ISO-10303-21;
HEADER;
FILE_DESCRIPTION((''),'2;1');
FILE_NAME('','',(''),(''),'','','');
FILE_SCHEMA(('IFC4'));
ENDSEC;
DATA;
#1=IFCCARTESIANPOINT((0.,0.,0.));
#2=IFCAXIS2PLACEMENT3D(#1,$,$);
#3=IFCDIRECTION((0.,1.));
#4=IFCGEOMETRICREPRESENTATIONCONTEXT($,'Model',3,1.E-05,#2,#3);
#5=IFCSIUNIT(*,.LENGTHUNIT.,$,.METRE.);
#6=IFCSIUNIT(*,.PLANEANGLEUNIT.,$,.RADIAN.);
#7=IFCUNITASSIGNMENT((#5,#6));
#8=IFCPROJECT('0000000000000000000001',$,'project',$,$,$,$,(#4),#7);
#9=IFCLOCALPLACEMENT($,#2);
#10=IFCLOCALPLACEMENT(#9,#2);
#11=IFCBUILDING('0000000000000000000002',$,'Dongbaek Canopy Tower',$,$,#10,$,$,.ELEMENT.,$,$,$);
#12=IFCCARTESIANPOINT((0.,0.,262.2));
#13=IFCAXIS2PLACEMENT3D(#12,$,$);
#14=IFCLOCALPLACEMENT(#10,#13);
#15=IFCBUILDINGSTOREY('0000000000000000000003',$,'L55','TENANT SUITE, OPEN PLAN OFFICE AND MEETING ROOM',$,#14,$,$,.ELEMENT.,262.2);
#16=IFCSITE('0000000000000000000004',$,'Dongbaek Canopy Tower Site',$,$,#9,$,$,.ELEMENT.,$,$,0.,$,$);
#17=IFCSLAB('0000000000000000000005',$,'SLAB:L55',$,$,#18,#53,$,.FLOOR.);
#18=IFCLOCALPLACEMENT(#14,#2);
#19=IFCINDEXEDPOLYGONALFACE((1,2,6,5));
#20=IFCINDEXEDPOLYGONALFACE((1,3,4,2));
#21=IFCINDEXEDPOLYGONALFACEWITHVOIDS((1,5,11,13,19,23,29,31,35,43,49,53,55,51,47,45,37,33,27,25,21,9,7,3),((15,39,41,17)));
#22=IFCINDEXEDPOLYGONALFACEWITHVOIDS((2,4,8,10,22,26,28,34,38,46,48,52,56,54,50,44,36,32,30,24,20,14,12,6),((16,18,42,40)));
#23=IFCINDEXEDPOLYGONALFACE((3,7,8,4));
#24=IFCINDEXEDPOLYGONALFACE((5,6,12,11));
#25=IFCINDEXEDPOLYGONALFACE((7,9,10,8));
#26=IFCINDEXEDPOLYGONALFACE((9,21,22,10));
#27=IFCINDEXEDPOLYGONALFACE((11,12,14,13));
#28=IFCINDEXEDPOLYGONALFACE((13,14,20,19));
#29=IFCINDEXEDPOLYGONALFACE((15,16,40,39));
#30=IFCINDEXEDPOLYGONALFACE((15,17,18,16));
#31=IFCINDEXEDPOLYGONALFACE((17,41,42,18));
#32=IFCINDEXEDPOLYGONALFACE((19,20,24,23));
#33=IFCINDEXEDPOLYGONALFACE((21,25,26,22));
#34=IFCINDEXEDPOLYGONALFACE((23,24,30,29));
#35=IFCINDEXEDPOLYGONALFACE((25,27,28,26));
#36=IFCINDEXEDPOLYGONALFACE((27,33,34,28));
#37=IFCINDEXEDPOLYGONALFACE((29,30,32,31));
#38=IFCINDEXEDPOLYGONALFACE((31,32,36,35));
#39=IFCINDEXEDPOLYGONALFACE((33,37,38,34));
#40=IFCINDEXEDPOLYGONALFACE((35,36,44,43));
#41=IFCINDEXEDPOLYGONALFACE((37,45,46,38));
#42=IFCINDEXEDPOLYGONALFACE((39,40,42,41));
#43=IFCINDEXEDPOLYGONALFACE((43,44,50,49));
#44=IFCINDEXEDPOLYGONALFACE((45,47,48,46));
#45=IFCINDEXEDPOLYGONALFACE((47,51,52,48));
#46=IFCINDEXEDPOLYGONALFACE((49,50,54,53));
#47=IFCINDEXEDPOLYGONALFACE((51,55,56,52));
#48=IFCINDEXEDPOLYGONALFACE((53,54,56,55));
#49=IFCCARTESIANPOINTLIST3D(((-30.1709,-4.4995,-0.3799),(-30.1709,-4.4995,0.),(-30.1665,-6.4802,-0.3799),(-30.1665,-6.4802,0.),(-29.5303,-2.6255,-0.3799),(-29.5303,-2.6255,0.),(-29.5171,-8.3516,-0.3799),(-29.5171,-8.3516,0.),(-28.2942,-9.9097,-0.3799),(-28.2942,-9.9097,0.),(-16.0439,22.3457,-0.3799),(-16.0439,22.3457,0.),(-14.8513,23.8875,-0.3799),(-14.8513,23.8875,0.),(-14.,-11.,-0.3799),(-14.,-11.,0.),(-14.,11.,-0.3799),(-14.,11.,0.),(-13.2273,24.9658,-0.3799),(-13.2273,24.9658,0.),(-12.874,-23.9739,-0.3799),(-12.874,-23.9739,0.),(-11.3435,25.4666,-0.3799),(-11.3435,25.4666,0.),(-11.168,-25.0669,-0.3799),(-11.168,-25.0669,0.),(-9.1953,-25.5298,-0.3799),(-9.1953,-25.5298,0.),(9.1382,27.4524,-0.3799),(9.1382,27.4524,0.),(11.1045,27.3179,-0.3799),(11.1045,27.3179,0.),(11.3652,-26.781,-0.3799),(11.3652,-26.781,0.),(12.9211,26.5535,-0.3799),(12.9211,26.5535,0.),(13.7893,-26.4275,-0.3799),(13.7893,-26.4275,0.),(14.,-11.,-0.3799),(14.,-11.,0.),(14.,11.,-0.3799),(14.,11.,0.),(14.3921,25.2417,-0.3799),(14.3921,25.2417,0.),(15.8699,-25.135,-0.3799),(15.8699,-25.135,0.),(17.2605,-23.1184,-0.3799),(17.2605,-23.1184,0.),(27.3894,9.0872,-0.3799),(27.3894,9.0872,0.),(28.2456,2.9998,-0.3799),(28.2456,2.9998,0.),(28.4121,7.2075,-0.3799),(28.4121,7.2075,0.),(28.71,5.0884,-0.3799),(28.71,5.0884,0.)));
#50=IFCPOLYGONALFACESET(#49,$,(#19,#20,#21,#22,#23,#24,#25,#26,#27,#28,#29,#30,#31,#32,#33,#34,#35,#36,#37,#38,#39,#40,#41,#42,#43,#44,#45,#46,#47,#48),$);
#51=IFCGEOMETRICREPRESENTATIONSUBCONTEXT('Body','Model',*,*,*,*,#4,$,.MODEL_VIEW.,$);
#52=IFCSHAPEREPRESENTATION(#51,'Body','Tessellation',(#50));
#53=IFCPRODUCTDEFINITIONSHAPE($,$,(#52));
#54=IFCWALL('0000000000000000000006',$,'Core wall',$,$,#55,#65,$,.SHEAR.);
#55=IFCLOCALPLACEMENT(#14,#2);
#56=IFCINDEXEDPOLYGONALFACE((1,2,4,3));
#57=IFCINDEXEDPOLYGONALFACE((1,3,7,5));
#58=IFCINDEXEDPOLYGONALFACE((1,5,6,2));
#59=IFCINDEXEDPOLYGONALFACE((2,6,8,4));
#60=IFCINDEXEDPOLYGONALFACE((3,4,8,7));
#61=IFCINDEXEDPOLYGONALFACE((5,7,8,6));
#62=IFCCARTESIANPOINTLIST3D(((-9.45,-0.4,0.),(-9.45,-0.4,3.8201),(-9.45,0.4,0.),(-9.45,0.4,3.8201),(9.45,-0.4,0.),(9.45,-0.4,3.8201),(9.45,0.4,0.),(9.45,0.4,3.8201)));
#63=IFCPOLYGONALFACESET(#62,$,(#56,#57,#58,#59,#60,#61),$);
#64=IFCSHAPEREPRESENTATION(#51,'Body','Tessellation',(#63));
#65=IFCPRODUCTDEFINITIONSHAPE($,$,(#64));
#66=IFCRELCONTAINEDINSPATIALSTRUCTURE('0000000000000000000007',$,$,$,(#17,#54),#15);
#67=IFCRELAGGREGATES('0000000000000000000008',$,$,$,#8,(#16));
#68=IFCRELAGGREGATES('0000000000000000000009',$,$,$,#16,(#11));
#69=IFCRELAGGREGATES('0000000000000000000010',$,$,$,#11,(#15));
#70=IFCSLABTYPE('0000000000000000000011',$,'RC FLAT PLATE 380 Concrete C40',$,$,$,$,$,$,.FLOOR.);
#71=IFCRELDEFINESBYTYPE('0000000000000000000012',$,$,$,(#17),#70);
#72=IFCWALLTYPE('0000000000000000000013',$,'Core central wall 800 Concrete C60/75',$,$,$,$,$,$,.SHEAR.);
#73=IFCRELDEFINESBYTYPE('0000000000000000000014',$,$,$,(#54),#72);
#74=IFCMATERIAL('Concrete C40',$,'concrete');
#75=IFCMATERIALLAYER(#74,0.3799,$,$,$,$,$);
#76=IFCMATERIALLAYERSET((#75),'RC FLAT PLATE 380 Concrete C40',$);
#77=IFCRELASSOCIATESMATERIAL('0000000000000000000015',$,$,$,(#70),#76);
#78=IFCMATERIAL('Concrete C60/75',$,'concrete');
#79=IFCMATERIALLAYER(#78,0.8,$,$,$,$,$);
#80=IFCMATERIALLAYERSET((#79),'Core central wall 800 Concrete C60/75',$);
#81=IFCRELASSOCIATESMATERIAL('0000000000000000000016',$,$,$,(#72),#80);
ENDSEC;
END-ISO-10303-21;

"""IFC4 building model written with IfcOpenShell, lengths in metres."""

from ifc_helpers import new_model, si_unit, direction, frame, frame_2d, origin, place, context, subcontext, project, spatial, polyline, rectangle, outline, extrude, material, layer, layer_set, type_object, element, save


model = new_model("IFC4")

# Units and contexts
model_context = context("Model", 3, precision=1e-05, world=origin(), true_north=direction((0.0, 1.0)))
body_context = subcontext(model_context, "Body", "Model", "MODEL_VIEW")
ifc_project = project(units=[si_unit("LENGTHUNIT", "METRE"), si_unit("PLANEANGLEUNIT", "RADIAN")], contexts=[model_context])

# Site, building, storey
site_placement = place(None, origin())
site = spatial("IfcSite", under=ifc_project, at=site_placement, Name="Dongbaek Canopy Tower Site", CompositionType="ELEMENT", RefElevation=0.0)
building_placement = place(site_placement, origin())
building = spatial("IfcBuilding", under=site, at=building_placement, Name="Dongbaek Canopy Tower", CompositionType="ELEMENT")
storey_placement = place(building_placement, frame((0.0, 0.0, 262.2)))
storey = spatial("IfcBuildingStorey", under=building, at=storey_placement, Name="L55", Description="TENANT SUITE, OPEN PLAN OFFICE AND MEETING ROOM", CompositionType="ELEMENT", Elevation=262.2)

# Slab
ifc_material_1 = material(Name="Concrete C40", Category="concrete")
ifc_layer_1 = layer(ifc_material_1, 0.3799)
ifc_layer_set_1 = layer_set([ifc_layer_1], Name="RC FLAT PLATE 380 Concrete C40")
slab_type = type_object("IfcSlabType", Name="RC FLAT PLATE 380 Concrete C40", PredefinedType="FLOOR", material=ifc_layer_set_1)
slab_placement = place(storey_placement, frame((0.0, 0.0, -0.3799)))
element("IfcSlab", 1, at=slab_placement, inside=storey, type_object=slab_type, Name="SLAB:L55", PredefinedType="FLOOR", context=body_context, shape_type="SweptSolid", body=[
    extrude(outline(polyline([(17.2605, -23.1184), (15.8699, -25.135), (13.7893, -26.4275), (11.3652, -26.781), (-9.1953, -25.5298), (-11.168, -25.0669), (-12.874, -23.9739), (-28.2942, -9.9097), (-29.5171, -8.3516), (-30.1665, -6.4802), (-30.1709, -4.4995), (-29.5303, -2.6255), (-16.0439, 22.3457), (-14.8513, 23.8875), (-13.2273, 24.9658), (-11.3435, 25.4666), (9.1382, 27.4524), (11.1045, 27.3179), (12.9211, 26.5535), (14.3921, 25.2417), (27.3894, 9.0872), (28.4121, 7.2075), (28.71, 5.0884), (28.2456, 2.9998), (17.2605, -23.1184)]), holes=[polyline([(14.0, 11.0), (-14.0, 11.0), (-14.0, -11.0), (14.0, -11.0), (14.0, 11.0)])]), origin(), (0.0, 0.0, 1.0), 0.3799),
])

# Wall
ifc_material_2 = material(Name="Concrete C60/75", Category="concrete")
ifc_layer_2 = layer(ifc_material_2, 0.8)
ifc_layer_set_2 = layer_set([ifc_layer_2], Name="Core central wall 800 Concrete C60/75")
wall_type_1 = type_object("IfcWallType", Name="Core central wall 800 Concrete C60/75", PredefinedType="SHEAR", material=ifc_layer_set_2)
wall_1_placement = place(storey_placement, frame((-9.45, 0.0, 0.0), z_axis=(0.0, 0.0, 1.0), x_axis=(1.0, 0.0, 0.0)))
element("IfcWall", 2, at=wall_1_placement, inside=storey, type_object=wall_type_1, Name="Core wall", PredefinedType="SHEAR", context=body_context, shape_type="SweptSolid", body=[
    extrude(rectangle(XDim=18.8999, YDim=0.8, at=frame_2d((9.45, 0.0))), origin(), (0.0, 0.0, 1.0), 3.8201),
])

save(model, "model.ifc")
